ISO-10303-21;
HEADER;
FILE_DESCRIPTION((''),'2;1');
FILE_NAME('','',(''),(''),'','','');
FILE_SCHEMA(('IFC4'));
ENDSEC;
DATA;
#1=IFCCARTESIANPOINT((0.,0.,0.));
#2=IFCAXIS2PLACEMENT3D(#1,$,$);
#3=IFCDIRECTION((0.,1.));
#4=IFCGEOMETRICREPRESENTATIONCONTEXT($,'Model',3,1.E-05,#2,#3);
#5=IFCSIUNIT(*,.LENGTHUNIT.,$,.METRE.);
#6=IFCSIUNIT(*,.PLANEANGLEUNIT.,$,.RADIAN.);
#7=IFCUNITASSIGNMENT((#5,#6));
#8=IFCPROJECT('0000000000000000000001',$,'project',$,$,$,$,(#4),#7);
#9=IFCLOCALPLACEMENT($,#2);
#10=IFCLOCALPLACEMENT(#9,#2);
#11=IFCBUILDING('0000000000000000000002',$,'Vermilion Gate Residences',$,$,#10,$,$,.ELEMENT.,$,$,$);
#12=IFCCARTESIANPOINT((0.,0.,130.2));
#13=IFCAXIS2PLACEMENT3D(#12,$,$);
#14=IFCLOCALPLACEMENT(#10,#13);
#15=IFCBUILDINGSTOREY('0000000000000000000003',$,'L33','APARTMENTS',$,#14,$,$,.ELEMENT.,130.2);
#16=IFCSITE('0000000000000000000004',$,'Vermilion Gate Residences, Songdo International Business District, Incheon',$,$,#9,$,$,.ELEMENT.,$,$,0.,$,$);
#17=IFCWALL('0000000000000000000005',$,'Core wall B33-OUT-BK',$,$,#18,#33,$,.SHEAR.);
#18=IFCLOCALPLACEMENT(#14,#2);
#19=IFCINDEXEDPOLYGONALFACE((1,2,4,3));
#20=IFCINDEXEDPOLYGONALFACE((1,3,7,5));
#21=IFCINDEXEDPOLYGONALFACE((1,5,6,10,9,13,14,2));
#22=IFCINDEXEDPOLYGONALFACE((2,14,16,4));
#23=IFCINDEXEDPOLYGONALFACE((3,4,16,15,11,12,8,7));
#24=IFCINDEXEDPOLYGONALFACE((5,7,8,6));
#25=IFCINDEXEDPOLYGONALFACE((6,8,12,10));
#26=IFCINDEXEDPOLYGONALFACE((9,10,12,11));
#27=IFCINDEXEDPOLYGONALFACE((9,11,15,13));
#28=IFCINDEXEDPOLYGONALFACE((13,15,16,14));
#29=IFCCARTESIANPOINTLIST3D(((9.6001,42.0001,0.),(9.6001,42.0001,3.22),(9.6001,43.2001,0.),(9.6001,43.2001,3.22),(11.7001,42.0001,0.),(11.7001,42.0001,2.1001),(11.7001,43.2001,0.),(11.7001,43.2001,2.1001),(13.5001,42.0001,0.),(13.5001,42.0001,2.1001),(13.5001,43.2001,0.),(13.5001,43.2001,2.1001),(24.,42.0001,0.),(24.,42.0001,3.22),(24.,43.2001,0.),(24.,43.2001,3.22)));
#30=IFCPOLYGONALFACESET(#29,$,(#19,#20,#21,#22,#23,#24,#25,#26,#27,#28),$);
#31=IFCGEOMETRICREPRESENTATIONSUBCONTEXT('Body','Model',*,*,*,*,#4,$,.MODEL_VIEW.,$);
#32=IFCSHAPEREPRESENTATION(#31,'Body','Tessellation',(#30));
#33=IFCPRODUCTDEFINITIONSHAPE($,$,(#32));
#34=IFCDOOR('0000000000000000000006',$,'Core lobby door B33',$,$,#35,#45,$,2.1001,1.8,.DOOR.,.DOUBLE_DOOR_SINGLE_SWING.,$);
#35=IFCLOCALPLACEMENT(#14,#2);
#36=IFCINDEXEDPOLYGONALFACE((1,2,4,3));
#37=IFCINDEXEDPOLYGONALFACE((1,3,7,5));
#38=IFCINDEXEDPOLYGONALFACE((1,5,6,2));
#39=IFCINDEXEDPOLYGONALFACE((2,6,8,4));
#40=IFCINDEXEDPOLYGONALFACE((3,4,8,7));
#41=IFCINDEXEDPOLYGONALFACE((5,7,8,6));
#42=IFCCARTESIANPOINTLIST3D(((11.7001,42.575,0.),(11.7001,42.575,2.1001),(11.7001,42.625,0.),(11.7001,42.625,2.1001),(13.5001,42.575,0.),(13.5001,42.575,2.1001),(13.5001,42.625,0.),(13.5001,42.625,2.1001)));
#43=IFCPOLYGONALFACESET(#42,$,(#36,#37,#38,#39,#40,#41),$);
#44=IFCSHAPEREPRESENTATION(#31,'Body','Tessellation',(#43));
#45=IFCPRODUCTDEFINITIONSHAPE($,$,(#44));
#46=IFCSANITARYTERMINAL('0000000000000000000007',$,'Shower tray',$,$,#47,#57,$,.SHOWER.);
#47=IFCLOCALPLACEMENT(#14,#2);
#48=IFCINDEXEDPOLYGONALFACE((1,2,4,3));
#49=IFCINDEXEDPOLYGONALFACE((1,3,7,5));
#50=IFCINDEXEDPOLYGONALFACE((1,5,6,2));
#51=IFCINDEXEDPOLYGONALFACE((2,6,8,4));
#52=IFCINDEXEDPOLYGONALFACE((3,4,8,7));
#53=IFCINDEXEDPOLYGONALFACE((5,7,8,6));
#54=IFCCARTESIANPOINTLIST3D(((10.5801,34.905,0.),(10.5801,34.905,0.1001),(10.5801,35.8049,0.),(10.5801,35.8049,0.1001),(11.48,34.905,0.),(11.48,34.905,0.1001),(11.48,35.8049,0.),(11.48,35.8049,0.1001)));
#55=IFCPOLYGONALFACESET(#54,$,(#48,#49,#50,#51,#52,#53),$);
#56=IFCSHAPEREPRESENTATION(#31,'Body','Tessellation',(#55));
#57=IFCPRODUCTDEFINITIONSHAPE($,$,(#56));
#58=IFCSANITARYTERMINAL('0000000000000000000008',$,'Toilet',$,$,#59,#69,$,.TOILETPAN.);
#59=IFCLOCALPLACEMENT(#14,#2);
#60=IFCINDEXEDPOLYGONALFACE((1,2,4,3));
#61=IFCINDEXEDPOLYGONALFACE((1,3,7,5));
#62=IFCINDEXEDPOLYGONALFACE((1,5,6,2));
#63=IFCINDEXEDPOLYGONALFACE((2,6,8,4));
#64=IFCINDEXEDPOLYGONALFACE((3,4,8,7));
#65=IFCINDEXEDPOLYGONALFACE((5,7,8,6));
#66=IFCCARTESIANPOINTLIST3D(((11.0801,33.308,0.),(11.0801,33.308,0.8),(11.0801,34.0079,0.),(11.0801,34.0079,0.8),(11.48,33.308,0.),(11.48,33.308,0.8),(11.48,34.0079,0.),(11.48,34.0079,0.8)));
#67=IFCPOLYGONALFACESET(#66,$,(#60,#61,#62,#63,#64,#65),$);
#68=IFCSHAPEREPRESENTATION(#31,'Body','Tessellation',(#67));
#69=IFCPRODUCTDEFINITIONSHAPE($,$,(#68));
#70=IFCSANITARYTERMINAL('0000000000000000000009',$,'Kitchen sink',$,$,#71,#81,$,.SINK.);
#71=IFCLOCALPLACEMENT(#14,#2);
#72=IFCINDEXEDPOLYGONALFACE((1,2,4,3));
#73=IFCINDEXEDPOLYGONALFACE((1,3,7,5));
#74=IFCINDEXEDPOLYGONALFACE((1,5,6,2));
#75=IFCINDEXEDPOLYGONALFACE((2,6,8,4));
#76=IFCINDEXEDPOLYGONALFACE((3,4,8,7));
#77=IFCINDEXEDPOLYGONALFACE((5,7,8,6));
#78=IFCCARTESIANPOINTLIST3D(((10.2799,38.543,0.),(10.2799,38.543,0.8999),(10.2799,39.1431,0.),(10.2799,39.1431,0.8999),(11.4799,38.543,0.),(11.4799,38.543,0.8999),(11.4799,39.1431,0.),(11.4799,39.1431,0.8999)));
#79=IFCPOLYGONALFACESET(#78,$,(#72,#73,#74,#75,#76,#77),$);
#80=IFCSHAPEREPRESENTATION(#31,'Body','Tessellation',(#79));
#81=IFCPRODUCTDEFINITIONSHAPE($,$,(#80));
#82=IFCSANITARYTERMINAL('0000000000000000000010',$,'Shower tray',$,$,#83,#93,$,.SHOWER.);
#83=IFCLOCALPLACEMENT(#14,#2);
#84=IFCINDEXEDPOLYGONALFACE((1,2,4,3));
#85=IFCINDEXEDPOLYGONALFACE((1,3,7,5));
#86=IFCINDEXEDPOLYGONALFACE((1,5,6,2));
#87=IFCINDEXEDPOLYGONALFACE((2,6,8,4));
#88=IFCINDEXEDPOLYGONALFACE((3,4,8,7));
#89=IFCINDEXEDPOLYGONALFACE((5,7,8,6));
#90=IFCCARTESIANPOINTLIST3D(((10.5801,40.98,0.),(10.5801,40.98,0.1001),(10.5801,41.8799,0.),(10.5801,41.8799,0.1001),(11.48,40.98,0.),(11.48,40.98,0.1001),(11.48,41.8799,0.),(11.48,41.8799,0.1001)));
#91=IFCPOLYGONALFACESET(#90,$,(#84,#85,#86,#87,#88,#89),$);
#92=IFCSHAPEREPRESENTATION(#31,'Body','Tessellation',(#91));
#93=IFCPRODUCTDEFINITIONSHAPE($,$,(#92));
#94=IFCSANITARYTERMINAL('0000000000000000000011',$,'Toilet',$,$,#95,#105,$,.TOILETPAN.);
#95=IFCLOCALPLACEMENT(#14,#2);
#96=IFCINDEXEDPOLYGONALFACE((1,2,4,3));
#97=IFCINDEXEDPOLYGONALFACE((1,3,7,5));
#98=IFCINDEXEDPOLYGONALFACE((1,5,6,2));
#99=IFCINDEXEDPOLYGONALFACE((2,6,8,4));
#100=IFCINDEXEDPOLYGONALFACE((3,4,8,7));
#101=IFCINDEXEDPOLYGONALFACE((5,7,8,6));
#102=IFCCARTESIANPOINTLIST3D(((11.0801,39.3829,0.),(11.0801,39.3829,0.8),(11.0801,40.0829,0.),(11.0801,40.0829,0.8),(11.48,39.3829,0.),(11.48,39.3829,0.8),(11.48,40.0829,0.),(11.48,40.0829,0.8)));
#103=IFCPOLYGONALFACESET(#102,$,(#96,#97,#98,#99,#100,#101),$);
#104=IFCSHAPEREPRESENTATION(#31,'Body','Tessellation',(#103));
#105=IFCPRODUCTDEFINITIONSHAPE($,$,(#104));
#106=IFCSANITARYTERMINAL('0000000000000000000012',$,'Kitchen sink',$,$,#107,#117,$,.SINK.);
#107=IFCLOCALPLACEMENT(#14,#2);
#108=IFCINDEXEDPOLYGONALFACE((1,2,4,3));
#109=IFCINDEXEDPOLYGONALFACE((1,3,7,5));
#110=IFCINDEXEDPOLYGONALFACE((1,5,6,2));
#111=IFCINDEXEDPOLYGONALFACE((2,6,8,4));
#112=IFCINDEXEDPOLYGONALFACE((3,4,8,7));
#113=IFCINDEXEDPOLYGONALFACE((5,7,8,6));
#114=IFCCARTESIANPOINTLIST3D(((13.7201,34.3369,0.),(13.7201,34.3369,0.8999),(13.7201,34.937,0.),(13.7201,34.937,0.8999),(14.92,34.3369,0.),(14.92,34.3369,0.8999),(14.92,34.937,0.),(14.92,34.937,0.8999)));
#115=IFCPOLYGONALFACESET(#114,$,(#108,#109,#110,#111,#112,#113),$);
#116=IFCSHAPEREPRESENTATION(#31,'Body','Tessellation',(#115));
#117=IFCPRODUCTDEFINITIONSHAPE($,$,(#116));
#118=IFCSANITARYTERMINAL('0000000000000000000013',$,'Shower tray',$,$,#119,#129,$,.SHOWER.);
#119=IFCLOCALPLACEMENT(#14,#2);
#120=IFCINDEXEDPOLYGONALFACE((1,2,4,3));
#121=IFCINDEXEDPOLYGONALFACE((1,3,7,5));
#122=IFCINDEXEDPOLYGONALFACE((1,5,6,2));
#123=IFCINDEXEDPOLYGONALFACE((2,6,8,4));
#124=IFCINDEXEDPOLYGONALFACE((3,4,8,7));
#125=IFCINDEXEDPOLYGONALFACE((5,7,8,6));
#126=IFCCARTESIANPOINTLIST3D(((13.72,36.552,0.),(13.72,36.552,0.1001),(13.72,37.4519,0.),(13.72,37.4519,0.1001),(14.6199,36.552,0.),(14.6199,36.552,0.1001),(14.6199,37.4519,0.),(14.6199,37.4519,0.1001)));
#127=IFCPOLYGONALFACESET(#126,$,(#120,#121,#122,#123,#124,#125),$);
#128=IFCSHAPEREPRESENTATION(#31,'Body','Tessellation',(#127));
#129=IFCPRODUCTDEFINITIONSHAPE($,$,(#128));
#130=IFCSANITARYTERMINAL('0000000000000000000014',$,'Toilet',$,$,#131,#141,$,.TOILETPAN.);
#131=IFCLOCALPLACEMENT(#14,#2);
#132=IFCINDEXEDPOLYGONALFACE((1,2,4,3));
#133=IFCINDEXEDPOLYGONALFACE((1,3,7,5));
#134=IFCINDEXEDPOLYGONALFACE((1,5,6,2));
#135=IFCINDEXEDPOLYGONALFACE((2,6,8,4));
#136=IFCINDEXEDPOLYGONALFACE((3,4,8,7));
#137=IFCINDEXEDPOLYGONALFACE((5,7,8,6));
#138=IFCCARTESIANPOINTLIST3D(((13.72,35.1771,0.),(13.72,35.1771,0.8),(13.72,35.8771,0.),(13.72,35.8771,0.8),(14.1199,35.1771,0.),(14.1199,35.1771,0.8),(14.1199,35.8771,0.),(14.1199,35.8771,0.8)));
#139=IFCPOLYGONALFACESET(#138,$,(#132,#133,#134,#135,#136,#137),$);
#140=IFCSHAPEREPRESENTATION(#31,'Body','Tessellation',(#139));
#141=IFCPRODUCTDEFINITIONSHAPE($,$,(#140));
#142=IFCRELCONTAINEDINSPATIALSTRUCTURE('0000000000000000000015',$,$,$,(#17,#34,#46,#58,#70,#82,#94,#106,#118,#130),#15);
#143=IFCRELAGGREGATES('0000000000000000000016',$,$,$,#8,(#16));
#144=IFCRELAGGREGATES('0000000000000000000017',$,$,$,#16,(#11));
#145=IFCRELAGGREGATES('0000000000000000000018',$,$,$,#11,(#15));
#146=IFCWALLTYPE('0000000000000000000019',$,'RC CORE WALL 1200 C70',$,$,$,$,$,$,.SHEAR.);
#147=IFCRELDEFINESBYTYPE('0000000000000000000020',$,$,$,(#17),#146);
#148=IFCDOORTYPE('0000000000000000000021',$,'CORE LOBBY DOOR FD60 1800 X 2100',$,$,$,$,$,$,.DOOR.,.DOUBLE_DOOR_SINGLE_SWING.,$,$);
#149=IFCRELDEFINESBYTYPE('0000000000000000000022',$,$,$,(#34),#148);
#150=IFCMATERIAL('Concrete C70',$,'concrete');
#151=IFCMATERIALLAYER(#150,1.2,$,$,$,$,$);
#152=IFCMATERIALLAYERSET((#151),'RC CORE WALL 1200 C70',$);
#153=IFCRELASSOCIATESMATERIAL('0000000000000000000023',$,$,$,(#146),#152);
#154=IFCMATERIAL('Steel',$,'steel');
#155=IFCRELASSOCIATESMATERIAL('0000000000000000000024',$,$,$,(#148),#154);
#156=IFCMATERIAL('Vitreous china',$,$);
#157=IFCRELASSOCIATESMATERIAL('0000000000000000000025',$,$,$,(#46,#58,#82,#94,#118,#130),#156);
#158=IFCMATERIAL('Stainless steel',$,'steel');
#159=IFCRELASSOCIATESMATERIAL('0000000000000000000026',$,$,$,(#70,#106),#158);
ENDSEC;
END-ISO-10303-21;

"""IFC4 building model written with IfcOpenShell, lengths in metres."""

from ifc_helpers import new_model, si_unit, direction, frame, frame_2d, origin, origin_2d, place, context, subcontext, project, spatial, rectangle, extrude, material, layer, layer_set, type_object, element, fill, save


model = new_model("IFC4")

# Units and contexts
model_context = context("Model", 3, precision=1e-05, world=origin(), true_north=direction((0.0, 1.0)))
body_context = subcontext(model_context, "Body", "Model", "MODEL_VIEW")
ifc_project = project(units=[si_unit("LENGTHUNIT", "METRE"), si_unit("PLANEANGLEUNIT", "RADIAN")], contexts=[model_context])

# Site, building, storey
site_placement = place(None, origin())
site = spatial("IfcSite", under=ifc_project, at=site_placement, Name="Vermilion Gate Residences, Songdo International Business District, Incheon", CompositionType="ELEMENT", RefElevation=0.0)
building_placement = place(site_placement, origin())
building = spatial("IfcBuilding", under=site, at=building_placement, Name="Vermilion Gate Residences", CompositionType="ELEMENT")
storey_placement = place(building_placement, frame((0.0, 0.0, 130.2)))
storey = spatial("IfcBuildingStorey", under=building, at=storey_placement, Name="L33", Description="APARTMENTS", CompositionType="ELEMENT", Elevation=130.2)

# Wall, opening, door
ifc_material_1 = material(Name="Concrete C70", Category="concrete")
ifc_layer_1 = layer(ifc_material_1, 1.2)
ifc_layer_set_1 = layer_set([ifc_layer_1], Name="RC CORE WALL 1200 C70")
wall_type_1 = type_object("IfcWallType", Name="RC CORE WALL 1200 C70", PredefinedType="SHEAR", material=ifc_layer_set_1)
wall_1_placement = place(storey_placement, frame((9.6001, 42.6001, 0.0), z_axis=(0.0, 0.0, 1.0), x_axis=(1.0, 0.0, 0.0)))
wall_1 = element("IfcWall", 1, at=wall_1_placement, inside=storey, type_object=wall_type_1, Name="Core wall B33-OUT-BK", PredefinedType="SHEAR", context=body_context, shape_type="SweptSolid", body=[
    extrude(rectangle(XDim=14.3999, YDim=1.2, at=frame_2d((7.2, 0.0))), origin(), (0.0, 0.0, 1.0), 3.22),
])
opening_1_placement = place(wall_1_placement, frame((2.1001, 0.0, 0.0)))
opening_1 = element("IfcOpeningElement", 2, at=opening_1_placement, cuts=wall_1, PredefinedType="OPENING", context=body_context, shape_type="SweptSolid", body=[
    extrude(rectangle(XDim=1.8, YDim=2.1001, at=frame_2d((0.8999, 1.05))), frame((0.0, 0.6099, 0.0), z_axis=(0.0, -1.0, 0.0), x_axis=(1.0, 0.0, 0.0)), (0.0, 0.0, 1.0), 1.22),
])
ifc_material_2 = material(Name="Steel", Category="steel")
door_type_1 = type_object("IfcDoorType", Name="CORE LOBBY DOOR FD60 1800 X 2100", OperationType="DOUBLE_DOOR_SINGLE_SWING", PredefinedType="DOOR", material=ifc_material_2)
door_1_placement = place(opening_1_placement, origin())
door_1 = element("IfcDoor", 3, at=door_1_placement, inside=storey, type_object=door_type_1, Name="Core lobby door B33", OperationType="DOUBLE_DOOR_SINGLE_SWING", OverallHeight=2.1001, OverallWidth=1.8, PredefinedType="DOOR", context=body_context, shape_type="SweptSolid", body=[
    extrude(rectangle(XDim=1.8, YDim=2.1001, at=frame_2d((0.8999, 1.05))), frame((0.0, 0.0249, 0.0), z_axis=(0.0, -1.0, 0.0), x_axis=(1.0, 0.0, 0.0)), (0.0, 0.0, 1.0), 0.05),
])
fill(opening_1, door_1)

# Sanitary terminals
ifc_material_3 = material(Name="Vitreous china")
sanitary_terminal_1_placement = place(storey_placement, frame((11.03, 35.355, 0.0), z_axis=(0.0, 0.0, 1.0), x_axis=(1.0, 0.0, 0.0)))
element("IfcSanitaryTerminal", 4, at=sanitary_terminal_1_placement, inside=storey, material=ifc_material_3, Name="Shower tray", PredefinedType="SHOWER", context=body_context, shape_type="SweptSolid", body=[
    extrude(rectangle(XDim=0.8999, YDim=0.8999, at=origin_2d()), origin(), (0.0, 0.0, 1.0), 0.1001),
])
sanitary_terminal_2_placement = place(storey_placement, frame((11.28, 33.658, 0.0), z_axis=(0.0, 0.0, 1.0), x_axis=(1.0, 0.0, 0.0)))
element("IfcSanitaryTerminal", 5, at=sanitary_terminal_2_placement, inside=storey, material=ifc_material_3, Name="Toilet", PredefinedType="TOILETPAN", context=body_context, shape_type="SweptSolid", body=[
    extrude(rectangle(XDim=0.3999, YDim=0.7, at=origin_2d()), origin(), (0.0, 0.0, 1.0), 0.8),
])
ifc_material_4 = material(Name="Stainless steel", Category="steel")
sanitary_terminal_3_placement = place(storey_placement, frame((10.8799, 38.843, 0.0), z_axis=(0.0, 0.0, 1.0), x_axis=(1.0, 0.0, 0.0)))
element("IfcSanitaryTerminal", 6, at=sanitary_terminal_3_placement, inside=storey, material=ifc_material_4, Name="Kitchen sink", PredefinedType="SINK", context=body_context, shape_type="SweptSolid", body=[
    extrude(rectangle(XDim=1.2, YDim=0.6001, at=origin_2d()), origin(), (0.0, 0.0, 1.0), 0.8999),
])
sanitary_terminal_4_placement = place(storey_placement, frame((11.03, 41.4299, 0.0), z_axis=(0.0, 0.0, 1.0), x_axis=(1.0, 0.0, 0.0)))
element("IfcSanitaryTerminal", 7, at=sanitary_terminal_4_placement, inside=storey, material=ifc_material_3, Name="Shower tray", PredefinedType="SHOWER", context=body_context, shape_type="SweptSolid", body=[
    extrude(rectangle(XDim=0.8999, YDim=0.8999, at=origin_2d()), origin(), (0.0, 0.0, 1.0), 0.1001),
])
sanitary_terminal_5_placement = place(storey_placement, frame((11.28, 39.7329, 0.0), z_axis=(0.0, 0.0, 1.0), x_axis=(1.0, 0.0, 0.0)))
element("IfcSanitaryTerminal", 8, at=sanitary_terminal_5_placement, inside=storey, material=ifc_material_3, Name="Toilet", PredefinedType="TOILETPAN", context=body_context, shape_type="SweptSolid", body=[
    extrude(rectangle(XDim=0.3999, YDim=0.7, at=origin_2d()), origin(), (0.0, 0.0, 1.0), 0.8),
])
sanitary_terminal_6_placement = place(storey_placement, frame((14.3201, 34.637, 0.0), z_axis=(0.0, 0.0, 1.0), x_axis=(1.0, 0.0, 0.0)))
element("IfcSanitaryTerminal", 9, at=sanitary_terminal_6_placement, inside=storey, material=ifc_material_4, Name="Kitchen sink", PredefinedType="SINK", context=body_context, shape_type="SweptSolid", body=[
    extrude(rectangle(XDim=1.2, YDim=0.6001, at=origin_2d()), origin(), (0.0, 0.0, 1.0), 0.8999),
])
sanitary_terminal_7_placement = place(storey_placement, frame((14.1699, 37.002, 0.0), z_axis=(0.0, 0.0, 1.0), x_axis=(1.0, 0.0, 0.0)))
element("IfcSanitaryTerminal", 10, at=sanitary_terminal_7_placement, inside=storey, material=ifc_material_3, Name="Shower tray", PredefinedType="SHOWER", context=body_context, shape_type="SweptSolid", body=[
    extrude(rectangle(XDim=0.8999, YDim=0.8999, at=origin_2d()), origin(), (0.0, 0.0, 1.0), 0.1001),
])
sanitary_terminal_8_placement = place(storey_placement, frame((13.9199, 35.5271, 0.0), z_axis=(0.0, 0.0, 1.0), x_axis=(1.0, 0.0, 0.0)))
element("IfcSanitaryTerminal", 11, at=sanitary_terminal_8_placement, inside=storey, material=ifc_material_3, Name="Toilet", PredefinedType="TOILETPAN", context=body_context, shape_type="SweptSolid", body=[
    extrude(rectangle(XDim=0.3999, YDim=0.7, at=origin_2d()), origin(), (0.0, 0.0, 1.0), 0.8),
])

save(model, "model.ifc")
